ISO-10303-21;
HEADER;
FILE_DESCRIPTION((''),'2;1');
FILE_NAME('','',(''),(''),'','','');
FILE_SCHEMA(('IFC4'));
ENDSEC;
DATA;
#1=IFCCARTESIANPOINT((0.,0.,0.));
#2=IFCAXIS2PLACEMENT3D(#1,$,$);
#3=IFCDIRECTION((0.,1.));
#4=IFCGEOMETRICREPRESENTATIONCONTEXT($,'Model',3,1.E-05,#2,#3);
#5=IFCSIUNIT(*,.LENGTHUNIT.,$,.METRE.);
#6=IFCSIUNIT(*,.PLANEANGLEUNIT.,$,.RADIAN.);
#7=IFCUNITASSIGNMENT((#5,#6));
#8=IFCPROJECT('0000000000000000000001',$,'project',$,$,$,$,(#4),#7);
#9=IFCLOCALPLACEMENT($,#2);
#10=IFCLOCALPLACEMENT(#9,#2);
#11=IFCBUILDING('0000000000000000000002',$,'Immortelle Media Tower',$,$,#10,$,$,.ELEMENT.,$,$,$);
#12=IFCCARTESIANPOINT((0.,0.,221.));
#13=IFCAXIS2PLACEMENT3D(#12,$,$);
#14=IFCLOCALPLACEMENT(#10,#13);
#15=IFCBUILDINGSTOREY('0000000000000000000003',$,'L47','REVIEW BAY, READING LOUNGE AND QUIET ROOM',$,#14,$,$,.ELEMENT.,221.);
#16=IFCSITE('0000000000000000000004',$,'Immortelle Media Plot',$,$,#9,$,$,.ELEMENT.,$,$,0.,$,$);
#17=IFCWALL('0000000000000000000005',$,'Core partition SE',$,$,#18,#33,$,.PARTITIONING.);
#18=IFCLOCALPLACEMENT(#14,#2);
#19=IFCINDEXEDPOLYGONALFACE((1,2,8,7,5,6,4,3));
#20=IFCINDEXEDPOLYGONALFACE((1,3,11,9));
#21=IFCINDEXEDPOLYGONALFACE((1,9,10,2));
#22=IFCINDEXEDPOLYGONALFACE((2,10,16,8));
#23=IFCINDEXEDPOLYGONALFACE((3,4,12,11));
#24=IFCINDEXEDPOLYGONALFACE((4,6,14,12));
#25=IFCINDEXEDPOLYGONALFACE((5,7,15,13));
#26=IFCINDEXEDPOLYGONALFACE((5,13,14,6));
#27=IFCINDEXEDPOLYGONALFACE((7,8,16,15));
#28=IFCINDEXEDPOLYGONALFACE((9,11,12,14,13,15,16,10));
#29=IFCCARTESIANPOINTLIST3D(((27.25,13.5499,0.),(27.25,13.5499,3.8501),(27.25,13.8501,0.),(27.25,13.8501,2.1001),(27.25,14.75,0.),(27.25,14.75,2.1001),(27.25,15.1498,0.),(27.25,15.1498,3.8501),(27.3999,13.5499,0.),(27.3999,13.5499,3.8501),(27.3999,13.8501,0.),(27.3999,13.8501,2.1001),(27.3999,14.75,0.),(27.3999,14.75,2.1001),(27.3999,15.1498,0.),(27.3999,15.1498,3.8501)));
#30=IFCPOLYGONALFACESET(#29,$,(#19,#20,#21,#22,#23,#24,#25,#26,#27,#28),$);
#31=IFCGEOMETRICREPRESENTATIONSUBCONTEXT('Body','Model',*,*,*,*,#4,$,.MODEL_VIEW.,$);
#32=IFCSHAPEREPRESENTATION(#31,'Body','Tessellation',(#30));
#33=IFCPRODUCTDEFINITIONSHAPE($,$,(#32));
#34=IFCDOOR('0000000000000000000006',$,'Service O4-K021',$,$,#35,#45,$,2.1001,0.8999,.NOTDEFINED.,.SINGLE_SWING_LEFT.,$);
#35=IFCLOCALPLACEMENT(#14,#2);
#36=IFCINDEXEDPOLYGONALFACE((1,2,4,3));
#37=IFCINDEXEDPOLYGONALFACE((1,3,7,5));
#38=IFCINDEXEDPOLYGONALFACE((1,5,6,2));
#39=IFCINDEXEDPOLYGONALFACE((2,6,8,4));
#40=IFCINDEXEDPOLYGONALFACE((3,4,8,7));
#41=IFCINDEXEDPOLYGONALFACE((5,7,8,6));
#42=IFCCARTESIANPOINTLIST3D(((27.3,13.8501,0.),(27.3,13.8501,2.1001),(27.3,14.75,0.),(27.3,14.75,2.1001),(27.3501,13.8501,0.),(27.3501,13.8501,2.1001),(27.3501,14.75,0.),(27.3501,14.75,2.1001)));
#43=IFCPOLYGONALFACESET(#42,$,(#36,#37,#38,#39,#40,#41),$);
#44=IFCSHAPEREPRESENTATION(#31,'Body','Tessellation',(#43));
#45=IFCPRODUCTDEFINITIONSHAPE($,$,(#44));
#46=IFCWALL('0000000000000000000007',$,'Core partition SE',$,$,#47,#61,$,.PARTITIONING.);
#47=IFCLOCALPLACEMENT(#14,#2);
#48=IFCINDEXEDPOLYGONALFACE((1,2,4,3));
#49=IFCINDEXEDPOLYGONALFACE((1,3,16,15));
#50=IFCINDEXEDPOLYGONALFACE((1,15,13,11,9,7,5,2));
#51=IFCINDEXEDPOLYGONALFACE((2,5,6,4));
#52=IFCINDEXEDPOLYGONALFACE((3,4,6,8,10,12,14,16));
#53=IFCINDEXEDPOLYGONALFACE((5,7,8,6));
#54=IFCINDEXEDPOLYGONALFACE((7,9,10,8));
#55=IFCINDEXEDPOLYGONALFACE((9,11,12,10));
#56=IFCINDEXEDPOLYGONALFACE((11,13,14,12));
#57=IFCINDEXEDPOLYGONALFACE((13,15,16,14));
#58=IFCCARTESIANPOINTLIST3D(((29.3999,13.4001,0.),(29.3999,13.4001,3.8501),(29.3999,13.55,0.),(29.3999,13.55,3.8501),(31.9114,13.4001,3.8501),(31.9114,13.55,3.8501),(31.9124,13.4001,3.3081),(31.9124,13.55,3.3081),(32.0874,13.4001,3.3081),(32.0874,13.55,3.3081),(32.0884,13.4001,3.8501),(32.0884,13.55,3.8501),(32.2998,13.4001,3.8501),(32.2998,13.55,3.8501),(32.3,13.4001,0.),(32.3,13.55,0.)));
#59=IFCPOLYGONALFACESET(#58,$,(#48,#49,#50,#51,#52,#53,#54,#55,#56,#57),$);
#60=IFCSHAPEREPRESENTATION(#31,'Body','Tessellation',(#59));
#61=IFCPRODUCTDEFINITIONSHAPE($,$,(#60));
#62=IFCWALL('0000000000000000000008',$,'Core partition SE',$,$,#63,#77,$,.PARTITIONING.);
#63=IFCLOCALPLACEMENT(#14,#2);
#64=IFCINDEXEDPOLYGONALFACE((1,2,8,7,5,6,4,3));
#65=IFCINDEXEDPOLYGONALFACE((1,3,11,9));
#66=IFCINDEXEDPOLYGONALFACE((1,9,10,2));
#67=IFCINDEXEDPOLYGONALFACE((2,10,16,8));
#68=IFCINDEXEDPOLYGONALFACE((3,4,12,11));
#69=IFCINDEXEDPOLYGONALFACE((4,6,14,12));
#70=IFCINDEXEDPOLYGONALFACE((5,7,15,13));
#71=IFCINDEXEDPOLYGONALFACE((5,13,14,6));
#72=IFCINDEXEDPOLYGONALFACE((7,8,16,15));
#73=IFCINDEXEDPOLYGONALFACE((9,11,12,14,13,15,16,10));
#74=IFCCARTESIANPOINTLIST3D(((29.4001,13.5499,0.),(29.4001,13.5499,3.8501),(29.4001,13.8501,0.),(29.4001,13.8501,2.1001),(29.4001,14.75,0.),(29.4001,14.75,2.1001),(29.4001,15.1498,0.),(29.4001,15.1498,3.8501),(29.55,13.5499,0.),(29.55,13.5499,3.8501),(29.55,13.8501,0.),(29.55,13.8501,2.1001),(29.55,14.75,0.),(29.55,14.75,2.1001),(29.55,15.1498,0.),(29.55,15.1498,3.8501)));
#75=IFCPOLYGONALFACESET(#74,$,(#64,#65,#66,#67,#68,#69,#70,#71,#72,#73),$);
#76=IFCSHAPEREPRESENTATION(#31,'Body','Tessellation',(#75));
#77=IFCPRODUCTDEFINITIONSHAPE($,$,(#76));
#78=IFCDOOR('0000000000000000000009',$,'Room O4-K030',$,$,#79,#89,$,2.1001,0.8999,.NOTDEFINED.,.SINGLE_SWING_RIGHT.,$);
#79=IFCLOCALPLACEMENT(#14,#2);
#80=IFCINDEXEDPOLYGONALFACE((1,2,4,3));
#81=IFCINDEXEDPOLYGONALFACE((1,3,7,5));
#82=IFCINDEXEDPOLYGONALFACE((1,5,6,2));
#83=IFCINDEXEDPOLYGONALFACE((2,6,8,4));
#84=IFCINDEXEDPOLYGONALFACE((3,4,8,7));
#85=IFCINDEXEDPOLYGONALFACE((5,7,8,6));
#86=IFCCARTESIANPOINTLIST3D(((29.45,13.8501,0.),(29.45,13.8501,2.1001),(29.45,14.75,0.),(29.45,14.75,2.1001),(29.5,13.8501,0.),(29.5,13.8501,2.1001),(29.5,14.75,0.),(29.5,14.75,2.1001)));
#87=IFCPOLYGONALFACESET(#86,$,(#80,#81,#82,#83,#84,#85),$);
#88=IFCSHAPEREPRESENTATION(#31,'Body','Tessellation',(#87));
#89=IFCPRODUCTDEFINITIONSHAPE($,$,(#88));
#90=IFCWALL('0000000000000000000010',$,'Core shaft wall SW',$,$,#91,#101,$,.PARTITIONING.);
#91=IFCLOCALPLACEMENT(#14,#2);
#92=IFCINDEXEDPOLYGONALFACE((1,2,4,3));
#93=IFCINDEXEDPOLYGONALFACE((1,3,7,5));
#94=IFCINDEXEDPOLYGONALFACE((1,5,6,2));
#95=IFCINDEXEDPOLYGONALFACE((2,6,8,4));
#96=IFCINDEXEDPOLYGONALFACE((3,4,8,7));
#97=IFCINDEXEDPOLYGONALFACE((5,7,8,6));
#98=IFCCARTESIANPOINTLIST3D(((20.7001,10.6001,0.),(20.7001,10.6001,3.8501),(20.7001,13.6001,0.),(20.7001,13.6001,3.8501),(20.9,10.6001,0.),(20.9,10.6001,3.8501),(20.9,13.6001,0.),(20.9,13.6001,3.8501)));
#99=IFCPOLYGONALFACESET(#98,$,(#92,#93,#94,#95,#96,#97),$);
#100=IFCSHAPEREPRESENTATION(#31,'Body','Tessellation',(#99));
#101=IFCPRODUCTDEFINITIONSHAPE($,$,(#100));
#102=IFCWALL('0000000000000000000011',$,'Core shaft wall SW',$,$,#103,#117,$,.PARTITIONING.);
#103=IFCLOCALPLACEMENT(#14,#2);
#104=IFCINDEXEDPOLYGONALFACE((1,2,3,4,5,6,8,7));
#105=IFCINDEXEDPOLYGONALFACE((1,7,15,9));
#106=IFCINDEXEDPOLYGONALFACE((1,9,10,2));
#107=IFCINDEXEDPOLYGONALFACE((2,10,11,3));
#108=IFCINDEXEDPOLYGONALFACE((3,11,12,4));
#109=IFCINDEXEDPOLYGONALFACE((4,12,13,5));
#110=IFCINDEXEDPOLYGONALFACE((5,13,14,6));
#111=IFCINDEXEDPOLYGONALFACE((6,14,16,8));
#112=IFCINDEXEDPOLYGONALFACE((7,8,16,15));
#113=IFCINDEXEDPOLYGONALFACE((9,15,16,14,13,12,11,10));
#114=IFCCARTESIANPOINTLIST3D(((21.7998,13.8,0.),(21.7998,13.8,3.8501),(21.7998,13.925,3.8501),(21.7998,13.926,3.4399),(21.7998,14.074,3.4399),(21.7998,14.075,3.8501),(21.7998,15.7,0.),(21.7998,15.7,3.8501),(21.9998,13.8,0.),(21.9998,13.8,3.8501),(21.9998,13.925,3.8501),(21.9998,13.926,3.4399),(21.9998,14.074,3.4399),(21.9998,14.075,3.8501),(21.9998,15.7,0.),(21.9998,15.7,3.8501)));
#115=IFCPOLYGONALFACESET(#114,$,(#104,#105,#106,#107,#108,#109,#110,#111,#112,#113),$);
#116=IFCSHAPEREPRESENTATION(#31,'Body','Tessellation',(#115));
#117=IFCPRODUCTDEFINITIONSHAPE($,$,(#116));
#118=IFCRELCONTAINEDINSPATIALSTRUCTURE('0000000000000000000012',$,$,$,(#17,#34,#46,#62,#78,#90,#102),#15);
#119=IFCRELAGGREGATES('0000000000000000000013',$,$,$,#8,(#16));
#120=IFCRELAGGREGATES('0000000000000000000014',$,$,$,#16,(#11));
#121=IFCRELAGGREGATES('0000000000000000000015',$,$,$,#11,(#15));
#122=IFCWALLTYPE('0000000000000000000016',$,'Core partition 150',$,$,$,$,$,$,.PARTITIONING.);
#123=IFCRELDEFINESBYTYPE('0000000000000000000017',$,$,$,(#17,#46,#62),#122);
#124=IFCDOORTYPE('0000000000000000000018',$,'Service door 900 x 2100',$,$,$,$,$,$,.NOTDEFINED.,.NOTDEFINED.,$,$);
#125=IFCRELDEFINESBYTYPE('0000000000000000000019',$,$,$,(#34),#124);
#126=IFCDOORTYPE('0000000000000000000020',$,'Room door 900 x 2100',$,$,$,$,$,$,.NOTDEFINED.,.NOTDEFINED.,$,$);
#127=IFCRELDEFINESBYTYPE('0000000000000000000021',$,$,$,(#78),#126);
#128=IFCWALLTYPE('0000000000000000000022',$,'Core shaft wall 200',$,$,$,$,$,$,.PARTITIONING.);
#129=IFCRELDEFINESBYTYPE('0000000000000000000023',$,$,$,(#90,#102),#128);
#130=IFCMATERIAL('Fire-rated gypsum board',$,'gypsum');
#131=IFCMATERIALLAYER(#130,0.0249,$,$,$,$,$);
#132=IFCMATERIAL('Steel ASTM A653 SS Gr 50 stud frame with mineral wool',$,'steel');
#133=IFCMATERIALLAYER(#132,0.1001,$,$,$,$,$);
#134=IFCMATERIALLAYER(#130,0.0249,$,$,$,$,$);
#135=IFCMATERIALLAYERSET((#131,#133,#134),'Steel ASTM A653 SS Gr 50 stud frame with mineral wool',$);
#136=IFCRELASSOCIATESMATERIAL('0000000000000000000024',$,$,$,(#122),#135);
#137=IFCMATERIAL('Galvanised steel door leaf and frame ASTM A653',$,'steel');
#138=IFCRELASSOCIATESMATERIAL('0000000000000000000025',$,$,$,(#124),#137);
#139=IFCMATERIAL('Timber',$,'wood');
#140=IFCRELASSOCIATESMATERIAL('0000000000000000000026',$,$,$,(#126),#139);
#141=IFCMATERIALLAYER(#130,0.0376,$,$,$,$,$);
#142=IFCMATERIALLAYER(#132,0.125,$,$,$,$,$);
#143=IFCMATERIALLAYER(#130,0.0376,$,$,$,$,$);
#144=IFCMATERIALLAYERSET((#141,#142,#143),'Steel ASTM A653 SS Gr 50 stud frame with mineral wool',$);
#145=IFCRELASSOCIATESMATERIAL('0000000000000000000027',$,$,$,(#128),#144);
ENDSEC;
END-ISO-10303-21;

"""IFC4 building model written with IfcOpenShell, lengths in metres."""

from ifc_helpers import new_model, si_unit, direction, frame, frame_2d, origin, place, context, subcontext, project, spatial, polyline, rectangle, outline, extrude, material, layer, layer_set, type_object, element, fill, save


model = new_model("IFC4")

# Units and contexts
model_context = context("Model", 3, precision=1e-05, world=origin(), true_north=direction((0.0, 1.0)))
body_context = subcontext(model_context, "Body", "Model", "MODEL_VIEW")
ifc_project = project(units=[si_unit("LENGTHUNIT", "METRE"), si_unit("PLANEANGLEUNIT", "RADIAN")], contexts=[model_context])

# Site, building, storey
site_placement = place(None, origin())
site = spatial("IfcSite", under=ifc_project, at=site_placement, Name="Immortelle Media Plot", CompositionType="ELEMENT", RefElevation=0.0)
building_placement = place(site_placement, origin())
building = spatial("IfcBuilding", under=site, at=building_placement, Name="Immortelle Media Tower", CompositionType="ELEMENT")
storey_placement = place(building_placement, frame((0.0, 0.0, 221.0)))
storey = spatial("IfcBuildingStorey", under=building, at=storey_placement, Name="L47", Description="REVIEW BAY, READING LOUNGE AND QUIET ROOM", CompositionType="ELEMENT", Elevation=221.0)

# Shared definitions
ifc_material_1 = material(Name="Fire-rated gypsum board", Category="gypsum")
ifc_layer_1 = layer(ifc_material_1, 0.0249)
ifc_material_2 = material(Name="Steel ASTM A653 SS Gr 50 stud frame with mineral wool", Category="steel")
ifc_layer_2 = layer(ifc_material_2, 0.1001)
ifc_layer_3 = layer(ifc_material_1, 0.0249)
ifc_layer_set_1 = layer_set([ifc_layer_1, ifc_layer_2, ifc_layer_3], Name="Steel ASTM A653 SS Gr 50 stud frame with mineral wool")
wall_type_1 = type_object("IfcWallType", Name="Core partition 150", PredefinedType="PARTITIONING", material=ifc_layer_set_1)

# Wall, opening, door
wall_1_placement = place(storey_placement, frame((27.325, 13.55, 0.0), z_axis=(0.0, 0.0, 1.0), x_axis=(0.0, 1.0, 0.0)))
wall_1 = element("IfcWall", 1, at=wall_1_placement, inside=storey, type_object=wall_type_1, Name="Core partition SE", PredefinedType="PARTITIONING", context=body_context, shape_type="SweptSolid", body=[
    extrude(rectangle(XDim=1.5999, YDim=0.1499, at=frame_2d((0.7998, 0.0))), origin(), (0.0, 0.0, 1.0), 3.8501),
])
opening_1_placement = place(wall_1_placement, frame((0.3, 0.0, 0.0)))
opening_1 = element("IfcOpeningElement", 2, at=opening_1_placement, cuts=wall_1, PredefinedType="OPENING", context=body_context, shape_type="SweptSolid", body=[
    extrude(rectangle(XDim=0.8999, YDim=2.1001, at=frame_2d((0.45, 1.05))), frame((0.0, 0.085, 0.0), z_axis=(0.0, -1.0, 0.0), x_axis=(1.0, 0.0, 0.0)), (0.0, 0.0, 1.0), 0.1699),
])
ifc_material_3 = material(Name="Galvanised steel door leaf and frame ASTM A653", Category="steel")
door_type_1 = type_object("IfcDoorType", Name="Service door 900 x 2100", OperationType="NOTDEFINED", PredefinedType="NOTDEFINED", material=ifc_material_3)
door_1_placement = place(opening_1_placement, origin())
door_1 = element("IfcDoor", 3, at=door_1_placement, inside=storey, type_object=door_type_1, Name="Service O4-K021", OperationType="SINGLE_SWING_LEFT", OverallHeight=2.1001, OverallWidth=0.8999, PredefinedType="NOTDEFINED", context=body_context, shape_type="SweptSolid", body=[
    extrude(rectangle(XDim=0.8999, YDim=2.1001, at=frame_2d((0.45, 1.05))), frame((0.0, 0.0249, 0.0), z_axis=(0.0, -1.0, 0.0), x_axis=(1.0, 0.0, 0.0)), (0.0, 0.0, 1.0), 0.05),
])
fill(opening_1, door_1)

# Wall
wall_2_placement = place(storey_placement, frame((29.3999, 13.4751, 0.0), z_axis=(0.0, 0.0, 1.0), x_axis=(1.0, 0.0, 0.0)))
element("IfcWall", 4, at=wall_2_placement, inside=storey, type_object=wall_type_1, Name="Core partition SE", PredefinedType="PARTITIONING", context=body_context, shape_type="SweptSolid", body=[
    extrude(outline(polyline([(0.0, 0.0), (2.9001, 0.0), (2.8999, 3.8501), (2.6885, 3.8501), (2.6875, 3.3081), (2.5125, 3.3081), (2.5115, 3.8501), (0.0, 3.8501), (0.0, 0.0)])), frame((0.0, 0.075, 0.0), z_axis=(0.0, -1.0, 0.0), x_axis=(1.0, 0.0, 0.0)), (0.0, 0.0, 1.0), 0.1499),
])

# Wall, opening, door
wall_3_placement = place(storey_placement, frame((29.4751, 13.55, 0.0), z_axis=(0.0, 0.0, 1.0), x_axis=(0.0, 1.0, 0.0)))
wall_3 = element("IfcWall", 5, at=wall_3_placement, inside=storey, type_object=wall_type_1, Name="Core partition SE", PredefinedType="PARTITIONING", context=body_context, shape_type="SweptSolid", body=[
    extrude(rectangle(XDim=1.5999, YDim=0.1499, at=frame_2d((0.7998, 0.0))), origin(), (0.0, 0.0, 1.0), 3.8501),
])
opening_2_placement = place(wall_3_placement, frame((1.2, 0.0, 0.0), z_axis=(0.0, 0.0, 1.0), x_axis=(-1.0, 0.0, 0.0)))
opening_2 = element("IfcOpeningElement", 6, at=opening_2_placement, cuts=wall_3, PredefinedType="OPENING", context=body_context, shape_type="SweptSolid", body=[
    extrude(rectangle(XDim=0.8999, YDim=2.1001, at=frame_2d((0.45, 1.05))), frame((0.0, 0.085, 0.0), z_axis=(0.0, -1.0, 0.0), x_axis=(1.0, 0.0, 0.0)), (0.0, 0.0, 1.0), 0.1699),
])
ifc_material_4 = material(Name="Timber", Category="wood")
door_type_2 = type_object("IfcDoorType", Name="Room door 900 x 2100", OperationType="NOTDEFINED", PredefinedType="NOTDEFINED", material=ifc_material_4)
door_2_placement = place(opening_2_placement, origin())
door_2 = element("IfcDoor", 7, at=door_2_placement, inside=storey, type_object=door_type_2, Name="Room O4-K030", OperationType="SINGLE_SWING_RIGHT", OverallHeight=2.1001, OverallWidth=0.8999, PredefinedType="NOTDEFINED", context=body_context, shape_type="SweptSolid", body=[
    extrude(rectangle(XDim=0.8999, YDim=2.1001, at=frame_2d((0.45, 1.05))), frame((0.0, 0.0249, 0.0), z_axis=(0.0, -1.0, 0.0), x_axis=(1.0, 0.0, 0.0)), (0.0, 0.0, 1.0), 0.05),
])
fill(opening_2, door_2)

# Walls
ifc_layer_4 = layer(ifc_material_1, 0.0376)
ifc_layer_5 = layer(ifc_material_2, 0.125)
ifc_layer_6 = layer(ifc_material_1, 0.0376)
ifc_layer_set_2 = layer_set([ifc_layer_4, ifc_layer_5, ifc_layer_6], Name="Steel ASTM A653 SS Gr 50 stud frame with mineral wool")
wall_type_2 = type_object("IfcWallType", Name="Core shaft wall 200", PredefinedType="PARTITIONING", material=ifc_layer_set_2)
wall_4_placement = place(storey_placement, frame((20.8, 10.6001, 0.0), z_axis=(0.0, 0.0, 1.0), x_axis=(0.0, 1.0, 0.0)))
element("IfcWall", 8, at=wall_4_placement, inside=storey, type_object=wall_type_2, Name="Core shaft wall SW", PredefinedType="PARTITIONING", context=body_context, shape_type="SweptSolid", body=[
    extrude(rectangle(XDim=3.0, YDim=0.2, at=frame_2d((1.5, 0.0))), origin(), (0.0, 0.0, 1.0), 3.8501),
])
wall_5_placement = place(storey_placement, frame((21.8999, 13.8, 0.0), z_axis=(0.0, 0.0, 1.0), x_axis=(0.0, 1.0, 0.0)))
element("IfcWall", 9, at=wall_5_placement, inside=storey, type_object=wall_type_2, Name="Core shaft wall SW", PredefinedType="PARTITIONING", context=body_context, shape_type="SweptSolid", body=[
    extrude(outline(polyline([(0.0, 0.0), (1.8999, 0.0), (1.8999, 3.8501), (0.2749, 3.8501), (0.2739, 3.4399), (0.126, 3.4399), (0.125, 3.8501), (0.0, 3.8501), (0.0, 0.0)])), frame((0.0, 0.1001, 0.0), z_axis=(0.0, -1.0, 0.0), x_axis=(1.0, 0.0, 0.0)), (0.0, 0.0, 1.0), 0.2),
])

save(model, "model.ifc")
